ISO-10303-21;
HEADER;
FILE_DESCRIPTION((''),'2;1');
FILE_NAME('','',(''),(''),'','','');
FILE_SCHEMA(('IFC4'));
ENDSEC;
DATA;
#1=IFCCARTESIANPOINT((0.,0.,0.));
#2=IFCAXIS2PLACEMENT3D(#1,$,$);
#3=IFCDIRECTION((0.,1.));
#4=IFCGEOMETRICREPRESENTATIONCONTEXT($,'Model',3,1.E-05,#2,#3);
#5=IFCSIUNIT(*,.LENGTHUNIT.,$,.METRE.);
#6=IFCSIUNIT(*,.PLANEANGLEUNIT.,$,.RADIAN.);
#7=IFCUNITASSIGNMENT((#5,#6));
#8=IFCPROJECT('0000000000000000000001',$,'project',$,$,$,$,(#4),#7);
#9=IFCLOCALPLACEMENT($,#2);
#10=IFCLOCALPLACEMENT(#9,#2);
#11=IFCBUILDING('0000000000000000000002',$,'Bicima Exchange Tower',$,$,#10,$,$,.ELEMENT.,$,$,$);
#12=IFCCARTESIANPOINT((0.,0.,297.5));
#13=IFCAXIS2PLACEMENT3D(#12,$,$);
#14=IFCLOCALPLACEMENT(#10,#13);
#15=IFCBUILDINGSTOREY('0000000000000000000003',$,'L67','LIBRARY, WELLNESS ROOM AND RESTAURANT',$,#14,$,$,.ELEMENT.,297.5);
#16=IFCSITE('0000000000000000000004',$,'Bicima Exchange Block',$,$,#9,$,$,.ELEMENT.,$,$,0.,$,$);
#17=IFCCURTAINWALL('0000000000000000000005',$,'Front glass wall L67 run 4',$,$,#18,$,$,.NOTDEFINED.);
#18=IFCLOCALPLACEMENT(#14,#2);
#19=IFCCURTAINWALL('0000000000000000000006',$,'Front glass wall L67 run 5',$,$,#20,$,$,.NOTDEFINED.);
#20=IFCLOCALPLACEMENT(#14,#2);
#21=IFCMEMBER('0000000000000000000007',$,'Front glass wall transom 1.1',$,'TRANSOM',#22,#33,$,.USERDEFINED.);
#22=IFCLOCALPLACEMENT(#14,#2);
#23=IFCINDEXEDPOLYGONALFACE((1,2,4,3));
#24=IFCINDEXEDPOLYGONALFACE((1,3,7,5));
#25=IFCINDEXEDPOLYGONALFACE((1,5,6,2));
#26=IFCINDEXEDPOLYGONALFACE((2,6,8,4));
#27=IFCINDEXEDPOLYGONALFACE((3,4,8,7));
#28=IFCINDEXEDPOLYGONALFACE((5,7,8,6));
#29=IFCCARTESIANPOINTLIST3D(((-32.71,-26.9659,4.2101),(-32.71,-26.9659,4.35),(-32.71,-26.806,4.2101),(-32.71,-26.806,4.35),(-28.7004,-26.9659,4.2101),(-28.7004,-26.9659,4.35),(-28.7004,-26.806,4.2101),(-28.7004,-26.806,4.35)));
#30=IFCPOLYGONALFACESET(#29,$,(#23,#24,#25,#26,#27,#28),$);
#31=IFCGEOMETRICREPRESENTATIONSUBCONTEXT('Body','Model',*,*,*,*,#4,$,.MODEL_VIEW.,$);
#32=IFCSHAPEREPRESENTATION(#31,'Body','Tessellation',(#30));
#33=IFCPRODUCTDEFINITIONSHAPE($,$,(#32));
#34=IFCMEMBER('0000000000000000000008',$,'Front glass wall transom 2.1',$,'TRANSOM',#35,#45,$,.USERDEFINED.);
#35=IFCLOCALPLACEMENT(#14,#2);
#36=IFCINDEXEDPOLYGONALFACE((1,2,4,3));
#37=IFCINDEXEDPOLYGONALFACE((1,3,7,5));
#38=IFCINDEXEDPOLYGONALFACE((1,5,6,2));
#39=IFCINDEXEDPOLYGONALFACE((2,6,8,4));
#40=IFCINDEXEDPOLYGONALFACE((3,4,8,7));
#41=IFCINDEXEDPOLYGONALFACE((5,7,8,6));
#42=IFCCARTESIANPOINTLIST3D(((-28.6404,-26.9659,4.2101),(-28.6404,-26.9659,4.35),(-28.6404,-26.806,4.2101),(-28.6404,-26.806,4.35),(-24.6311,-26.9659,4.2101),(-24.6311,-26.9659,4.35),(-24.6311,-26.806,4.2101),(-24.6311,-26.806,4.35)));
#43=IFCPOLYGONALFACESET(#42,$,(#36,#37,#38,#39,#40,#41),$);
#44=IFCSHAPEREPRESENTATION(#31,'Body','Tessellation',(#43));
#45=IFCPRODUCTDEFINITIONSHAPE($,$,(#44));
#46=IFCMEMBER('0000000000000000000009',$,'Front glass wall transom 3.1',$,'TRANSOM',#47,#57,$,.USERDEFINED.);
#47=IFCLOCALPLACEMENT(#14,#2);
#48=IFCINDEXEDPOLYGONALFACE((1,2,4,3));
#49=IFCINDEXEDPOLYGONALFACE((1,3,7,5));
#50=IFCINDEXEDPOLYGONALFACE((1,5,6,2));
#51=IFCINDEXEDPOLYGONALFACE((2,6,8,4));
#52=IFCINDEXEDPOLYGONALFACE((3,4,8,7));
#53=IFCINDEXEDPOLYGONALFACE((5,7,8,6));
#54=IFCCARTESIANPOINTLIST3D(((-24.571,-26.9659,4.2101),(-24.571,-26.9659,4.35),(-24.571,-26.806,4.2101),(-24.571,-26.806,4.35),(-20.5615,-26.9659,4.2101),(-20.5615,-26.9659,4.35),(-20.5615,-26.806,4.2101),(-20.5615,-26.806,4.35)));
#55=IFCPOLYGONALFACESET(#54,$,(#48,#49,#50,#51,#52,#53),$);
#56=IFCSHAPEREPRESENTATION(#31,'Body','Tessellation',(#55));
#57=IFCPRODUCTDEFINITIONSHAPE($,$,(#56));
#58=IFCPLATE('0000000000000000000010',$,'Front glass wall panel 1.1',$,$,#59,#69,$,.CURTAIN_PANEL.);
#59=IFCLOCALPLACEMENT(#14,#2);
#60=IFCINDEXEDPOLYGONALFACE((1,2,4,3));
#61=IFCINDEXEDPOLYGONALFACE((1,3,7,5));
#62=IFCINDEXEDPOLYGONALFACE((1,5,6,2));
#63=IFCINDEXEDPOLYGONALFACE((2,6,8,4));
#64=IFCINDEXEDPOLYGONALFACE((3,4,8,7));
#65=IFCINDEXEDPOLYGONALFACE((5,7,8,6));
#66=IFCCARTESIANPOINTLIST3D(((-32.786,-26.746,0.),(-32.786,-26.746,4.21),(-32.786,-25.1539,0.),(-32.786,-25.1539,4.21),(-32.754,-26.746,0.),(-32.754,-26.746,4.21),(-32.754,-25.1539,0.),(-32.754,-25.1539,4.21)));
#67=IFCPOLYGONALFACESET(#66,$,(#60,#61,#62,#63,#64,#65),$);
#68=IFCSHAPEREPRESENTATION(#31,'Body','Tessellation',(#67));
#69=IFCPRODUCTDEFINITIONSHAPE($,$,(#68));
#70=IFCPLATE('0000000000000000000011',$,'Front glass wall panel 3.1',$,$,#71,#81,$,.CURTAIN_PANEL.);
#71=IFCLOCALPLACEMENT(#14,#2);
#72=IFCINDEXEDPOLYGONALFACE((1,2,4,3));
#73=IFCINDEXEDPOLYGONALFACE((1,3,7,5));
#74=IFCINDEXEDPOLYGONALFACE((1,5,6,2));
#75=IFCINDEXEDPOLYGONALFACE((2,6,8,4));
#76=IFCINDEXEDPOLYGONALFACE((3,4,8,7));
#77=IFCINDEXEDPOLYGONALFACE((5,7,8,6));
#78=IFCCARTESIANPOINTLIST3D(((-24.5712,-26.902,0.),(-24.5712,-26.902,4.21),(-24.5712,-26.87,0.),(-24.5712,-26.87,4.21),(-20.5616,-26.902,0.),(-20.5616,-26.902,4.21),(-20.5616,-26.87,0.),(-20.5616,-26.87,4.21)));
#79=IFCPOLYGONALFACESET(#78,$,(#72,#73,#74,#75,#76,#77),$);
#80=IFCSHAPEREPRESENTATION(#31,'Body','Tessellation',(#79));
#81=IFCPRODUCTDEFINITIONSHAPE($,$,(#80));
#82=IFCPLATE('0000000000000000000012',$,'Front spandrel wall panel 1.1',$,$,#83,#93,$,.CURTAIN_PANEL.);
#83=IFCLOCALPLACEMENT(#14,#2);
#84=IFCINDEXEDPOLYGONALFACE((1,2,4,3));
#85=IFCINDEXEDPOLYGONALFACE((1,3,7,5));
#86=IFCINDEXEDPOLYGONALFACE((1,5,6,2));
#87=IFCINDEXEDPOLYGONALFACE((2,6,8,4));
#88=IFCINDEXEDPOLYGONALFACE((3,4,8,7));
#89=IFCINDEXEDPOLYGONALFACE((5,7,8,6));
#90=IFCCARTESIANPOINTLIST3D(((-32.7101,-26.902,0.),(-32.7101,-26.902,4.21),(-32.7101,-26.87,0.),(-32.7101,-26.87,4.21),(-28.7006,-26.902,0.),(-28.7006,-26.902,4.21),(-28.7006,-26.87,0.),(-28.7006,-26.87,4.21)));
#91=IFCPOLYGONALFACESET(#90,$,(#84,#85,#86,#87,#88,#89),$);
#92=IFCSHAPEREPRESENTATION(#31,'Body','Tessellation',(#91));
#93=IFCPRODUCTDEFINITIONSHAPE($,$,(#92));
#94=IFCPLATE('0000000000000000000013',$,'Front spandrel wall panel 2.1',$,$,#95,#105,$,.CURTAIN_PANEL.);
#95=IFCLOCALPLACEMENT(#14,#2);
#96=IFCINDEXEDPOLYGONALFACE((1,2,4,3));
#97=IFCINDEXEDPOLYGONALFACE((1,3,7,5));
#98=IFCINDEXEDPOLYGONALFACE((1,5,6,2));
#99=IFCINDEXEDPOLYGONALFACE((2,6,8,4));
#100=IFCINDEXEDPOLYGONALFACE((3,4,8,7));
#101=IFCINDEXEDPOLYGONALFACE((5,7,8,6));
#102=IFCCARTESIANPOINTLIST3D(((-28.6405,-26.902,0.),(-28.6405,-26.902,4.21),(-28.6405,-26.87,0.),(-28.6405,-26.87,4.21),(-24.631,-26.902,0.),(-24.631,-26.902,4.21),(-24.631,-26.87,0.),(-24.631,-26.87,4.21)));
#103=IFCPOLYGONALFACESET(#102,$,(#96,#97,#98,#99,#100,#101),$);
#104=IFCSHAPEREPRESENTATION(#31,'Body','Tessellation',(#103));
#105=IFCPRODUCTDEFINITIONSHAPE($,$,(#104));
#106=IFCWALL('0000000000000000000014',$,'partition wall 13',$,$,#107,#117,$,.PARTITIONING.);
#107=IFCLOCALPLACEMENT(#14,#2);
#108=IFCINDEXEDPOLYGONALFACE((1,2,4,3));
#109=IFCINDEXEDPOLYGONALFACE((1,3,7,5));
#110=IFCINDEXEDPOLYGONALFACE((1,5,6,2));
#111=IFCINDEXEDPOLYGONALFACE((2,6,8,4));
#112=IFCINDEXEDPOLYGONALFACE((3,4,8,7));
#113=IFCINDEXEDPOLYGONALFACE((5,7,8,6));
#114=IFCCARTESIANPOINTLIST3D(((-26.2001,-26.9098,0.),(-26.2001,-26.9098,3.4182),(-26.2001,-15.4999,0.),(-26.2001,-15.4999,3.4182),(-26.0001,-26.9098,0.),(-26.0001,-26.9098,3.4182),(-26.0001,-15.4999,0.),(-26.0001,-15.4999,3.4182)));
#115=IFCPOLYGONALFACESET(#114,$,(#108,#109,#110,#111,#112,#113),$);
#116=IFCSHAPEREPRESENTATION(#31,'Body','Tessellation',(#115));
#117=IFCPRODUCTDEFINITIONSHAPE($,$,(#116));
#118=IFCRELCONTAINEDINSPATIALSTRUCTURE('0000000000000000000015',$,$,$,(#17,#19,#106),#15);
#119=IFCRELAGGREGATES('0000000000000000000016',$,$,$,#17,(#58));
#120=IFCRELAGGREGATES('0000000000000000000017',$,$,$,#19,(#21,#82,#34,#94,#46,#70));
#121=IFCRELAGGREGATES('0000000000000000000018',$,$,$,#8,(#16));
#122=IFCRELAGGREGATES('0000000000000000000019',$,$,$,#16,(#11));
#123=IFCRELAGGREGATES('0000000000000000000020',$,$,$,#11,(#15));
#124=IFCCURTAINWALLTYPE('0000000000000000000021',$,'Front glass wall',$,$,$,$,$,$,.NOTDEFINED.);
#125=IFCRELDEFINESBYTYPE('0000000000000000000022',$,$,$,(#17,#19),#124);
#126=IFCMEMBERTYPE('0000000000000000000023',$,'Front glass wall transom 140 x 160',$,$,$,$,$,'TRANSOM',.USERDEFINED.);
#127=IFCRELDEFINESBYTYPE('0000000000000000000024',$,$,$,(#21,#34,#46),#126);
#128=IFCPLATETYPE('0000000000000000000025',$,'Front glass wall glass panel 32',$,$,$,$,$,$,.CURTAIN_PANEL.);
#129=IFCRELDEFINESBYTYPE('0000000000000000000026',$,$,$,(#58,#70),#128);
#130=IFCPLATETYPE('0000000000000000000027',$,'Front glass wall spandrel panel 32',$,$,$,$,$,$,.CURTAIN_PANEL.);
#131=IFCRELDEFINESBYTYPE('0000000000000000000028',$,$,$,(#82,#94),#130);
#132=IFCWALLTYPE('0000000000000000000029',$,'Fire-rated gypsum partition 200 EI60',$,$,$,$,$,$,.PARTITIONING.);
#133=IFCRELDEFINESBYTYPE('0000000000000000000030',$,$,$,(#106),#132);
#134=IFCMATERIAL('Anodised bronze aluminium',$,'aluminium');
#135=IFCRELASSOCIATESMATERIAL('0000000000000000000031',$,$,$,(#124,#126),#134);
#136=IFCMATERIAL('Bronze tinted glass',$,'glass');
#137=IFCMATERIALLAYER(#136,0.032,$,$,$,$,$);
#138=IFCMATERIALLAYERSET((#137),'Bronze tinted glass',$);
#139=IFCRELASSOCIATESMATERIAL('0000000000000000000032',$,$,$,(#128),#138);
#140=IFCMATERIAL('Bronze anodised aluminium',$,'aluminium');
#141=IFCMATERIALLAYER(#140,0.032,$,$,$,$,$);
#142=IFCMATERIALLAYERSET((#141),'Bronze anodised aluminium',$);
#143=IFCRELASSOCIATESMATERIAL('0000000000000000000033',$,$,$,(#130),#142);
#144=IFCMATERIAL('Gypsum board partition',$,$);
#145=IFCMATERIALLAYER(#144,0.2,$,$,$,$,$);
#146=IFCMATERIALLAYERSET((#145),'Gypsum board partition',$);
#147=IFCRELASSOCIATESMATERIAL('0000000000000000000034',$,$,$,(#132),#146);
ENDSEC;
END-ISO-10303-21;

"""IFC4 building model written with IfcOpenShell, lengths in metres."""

from ifc_helpers import new_model, si_unit, direction, frame, frame_2d, origin, origin_2d, place, context, subcontext, project, spatial, rectangle, extrude, material, layer, layer_set, material_profile, profile_set, type_object, element, aggregate, save


model = new_model("IFC4")

# Units and contexts
model_context = context("Model", 3, precision=1e-05, world=origin(), true_north=direction((0.0, 1.0)))
body_context = subcontext(model_context, "Body", "Model", "MODEL_VIEW")
ifc_project = project(units=[si_unit("LENGTHUNIT", "METRE"), si_unit("PLANEANGLEUNIT", "RADIAN")], contexts=[model_context])

# Site, building, storey
site_placement = place(None, origin())
site = spatial("IfcSite", under=ifc_project, at=site_placement, Name="Bicima Exchange Block", CompositionType="ELEMENT", RefElevation=0.0)
building_placement = place(site_placement, origin())
building = spatial("IfcBuilding", under=site, at=building_placement, Name="Bicima Exchange Tower", CompositionType="ELEMENT")
storey_placement = place(building_placement, frame((0.0, 0.0, 297.5)))
storey = spatial("IfcBuildingStorey", under=building, at=storey_placement, Name="L67", Description="LIBRARY, WELLNESS ROOM AND RESTAURANT", CompositionType="ELEMENT", Elevation=297.5)

# Curtain walls
ifc_material_1 = material(Name="Anodised bronze aluminium", Category="aluminium")
curtain_wall_type = type_object("IfcCurtainWallType", Name="Front glass wall", PredefinedType="NOTDEFINED", material=ifc_material_1)
curtain_wall_1_placement = place(storey_placement, origin())
curtain_wall_1 = element("IfcCurtainWall", 1, at=curtain_wall_1_placement, inside=storey, type_object=curtain_wall_type, Name="Front glass wall L67 run 4", PredefinedType="NOTDEFINED")
curtain_wall_2_placement = place(storey_placement, origin())
curtain_wall_2 = element("IfcCurtainWall", 2, at=curtain_wall_2_placement, inside=storey, type_object=curtain_wall_type, Name="Front glass wall L67 run 5", PredefinedType="NOTDEFINED")

# Members
ifc_material_profile_1 = material_profile(ifc_material_1, rectangle(XDim=0.1599, YDim=0.1399, at=origin_2d()))
ifc_profile_set_1 = profile_set([ifc_material_profile_1], Name="Anodised bronze aluminium")
member_type_1 = type_object("IfcMemberType", Name="Front glass wall transom 140 x 160", ElementType="TRANSOM", PredefinedType="USERDEFINED", material=ifc_profile_set_1)
member_1_placement = place(storey_placement, frame((-32.71, -26.886, 4.28), z_axis=(1.0, 0.0, 0.0), x_axis=(0.0, 1.0, 0.0)))
member_1 = element("IfcMember", 3, at=member_1_placement, type_object=member_type_1, Name="Front glass wall transom 1.1", ObjectType="TRANSOM", PredefinedType="USERDEFINED", context=body_context, shape_type="SweptSolid", body=[
    extrude(rectangle(XDim=0.1599, YDim=0.1399, at=origin_2d()), origin(), (0.0, 0.0, 1.0), 4.0095),
])
member_2_placement = place(storey_placement, frame((-28.6404, -26.886, 4.28), z_axis=(1.0, 0.0, 0.0), x_axis=(0.0, 1.0, 0.0)))
member_2 = element("IfcMember", 4, at=member_2_placement, type_object=member_type_1, Name="Front glass wall transom 2.1", ObjectType="TRANSOM", PredefinedType="USERDEFINED", context=body_context, shape_type="SweptSolid", body=[
    extrude(rectangle(XDim=0.1599, YDim=0.1399, at=origin_2d()), origin(), (0.0, 0.0, 1.0), 4.0093),
])
member_3_placement = place(storey_placement, frame((-24.571, -26.886, 4.28), z_axis=(1.0, 0.0, 0.0), x_axis=(0.0, 1.0, 0.0)))
member_3 = element("IfcMember", 5, at=member_3_placement, type_object=member_type_1, Name="Front glass wall transom 3.1", ObjectType="TRANSOM", PredefinedType="USERDEFINED", context=body_context, shape_type="SweptSolid", body=[
    extrude(rectangle(XDim=0.1599, YDim=0.1399, at=origin_2d()), origin(), (0.0, 0.0, 1.0), 4.0095),
])

# Plates
ifc_material_2 = material(Name="Bronze tinted glass", Category="glass")
ifc_layer_1 = layer(ifc_material_2, 0.032)
ifc_layer_set_1 = layer_set([ifc_layer_1], Name="Bronze tinted glass")
plate_type_1 = type_object("IfcPlateType", Name="Front glass wall glass panel 32", PredefinedType="CURTAIN_PANEL", material=ifc_layer_set_1)
plate_1_placement = place(storey_placement, frame((-32.77, -25.95, 0.0), z_axis=(0.0, 0.0, 1.0), x_axis=(0.0, -1.0, 0.0)))
plate_1 = element("IfcPlate", 6, at=plate_1_placement, type_object=plate_type_1, Name="Front glass wall panel 1.1", PredefinedType="CURTAIN_PANEL", context=body_context, shape_type="SweptSolid", body=[
    extrude(rectangle(XDim=1.592, YDim=0.032, at=origin_2d()), origin(), (0.0, 0.0, 1.0), 4.21),
])
aggregate(curtain_wall_1, [plate_1])
plate_2_placement = place(storey_placement, frame((-22.5664, -26.886, 0.0), z_axis=(0.0, 0.0, 1.0), x_axis=(1.0, 0.0, 0.0)))
plate_2 = element("IfcPlate", 7, at=plate_2_placement, type_object=plate_type_1, Name="Front glass wall panel 3.1", PredefinedType="CURTAIN_PANEL", context=body_context, shape_type="SweptSolid", body=[
    extrude(rectangle(XDim=4.0095, YDim=0.032, at=origin_2d()), origin(), (0.0, 0.0, 1.0), 4.21),
])
ifc_material_3 = material(Name="Bronze anodised aluminium", Category="aluminium")
ifc_layer_2 = layer(ifc_material_3, 0.032)
ifc_layer_set_2 = layer_set([ifc_layer_2], Name="Bronze anodised aluminium")
plate_type_2 = type_object("IfcPlateType", Name="Front glass wall spandrel panel 32", PredefinedType="CURTAIN_PANEL", material=ifc_layer_set_2)
plate_3_placement = place(storey_placement, frame((-30.7053, -26.886, 0.0), z_axis=(0.0, 0.0, 1.0), x_axis=(1.0, 0.0, 0.0)))
plate_3 = element("IfcPlate", 8, at=plate_3_placement, type_object=plate_type_2, Name="Front spandrel wall panel 1.1", PredefinedType="CURTAIN_PANEL", context=body_context, shape_type="SweptSolid", body=[
    extrude(rectangle(XDim=4.0095, YDim=0.032, at=origin_2d()), origin(), (0.0, 0.0, 1.0), 4.21),
])
plate_4_placement = place(storey_placement, frame((-26.6357, -26.886, 0.0), z_axis=(0.0, 0.0, 1.0), x_axis=(1.0, 0.0, 0.0)))
plate_4 = element("IfcPlate", 9, at=plate_4_placement, type_object=plate_type_2, Name="Front spandrel wall panel 2.1", PredefinedType="CURTAIN_PANEL", context=body_context, shape_type="SweptSolid", body=[
    extrude(rectangle(XDim=4.0095, YDim=0.032, at=origin_2d()), origin(), (0.0, 0.0, 1.0), 4.21),
])
aggregate(curtain_wall_2, [member_1, plate_3, member_2, plate_4, member_3, plate_2])

# Wall
ifc_material_4 = material(Name="Gypsum board partition")
ifc_layer_3 = layer(ifc_material_4, 0.2)
ifc_layer_set_3 = layer_set([ifc_layer_3], Name="Gypsum board partition")
wall_type = type_object("IfcWallType", Name="Fire-rated gypsum partition 200 EI60", PredefinedType="PARTITIONING", material=ifc_layer_set_3)
wall_placement = place(storey_placement, frame((-26.1001, -26.9099, 0.0), z_axis=(0.0, 0.0, 1.0), x_axis=(0.0, 1.0, 0.0)))
element("IfcWall", 10, at=wall_placement, inside=storey, type_object=wall_type, Name="partition wall 13", PredefinedType="PARTITIONING", context=body_context, shape_type="SweptSolid", body=[
    extrude(rectangle(XDim=11.4099, YDim=0.2, at=frame_2d((5.7051, 0.0))), origin(), (0.0, 0.0, 1.0), 3.4182),
])

save(model, "model.ifc")
